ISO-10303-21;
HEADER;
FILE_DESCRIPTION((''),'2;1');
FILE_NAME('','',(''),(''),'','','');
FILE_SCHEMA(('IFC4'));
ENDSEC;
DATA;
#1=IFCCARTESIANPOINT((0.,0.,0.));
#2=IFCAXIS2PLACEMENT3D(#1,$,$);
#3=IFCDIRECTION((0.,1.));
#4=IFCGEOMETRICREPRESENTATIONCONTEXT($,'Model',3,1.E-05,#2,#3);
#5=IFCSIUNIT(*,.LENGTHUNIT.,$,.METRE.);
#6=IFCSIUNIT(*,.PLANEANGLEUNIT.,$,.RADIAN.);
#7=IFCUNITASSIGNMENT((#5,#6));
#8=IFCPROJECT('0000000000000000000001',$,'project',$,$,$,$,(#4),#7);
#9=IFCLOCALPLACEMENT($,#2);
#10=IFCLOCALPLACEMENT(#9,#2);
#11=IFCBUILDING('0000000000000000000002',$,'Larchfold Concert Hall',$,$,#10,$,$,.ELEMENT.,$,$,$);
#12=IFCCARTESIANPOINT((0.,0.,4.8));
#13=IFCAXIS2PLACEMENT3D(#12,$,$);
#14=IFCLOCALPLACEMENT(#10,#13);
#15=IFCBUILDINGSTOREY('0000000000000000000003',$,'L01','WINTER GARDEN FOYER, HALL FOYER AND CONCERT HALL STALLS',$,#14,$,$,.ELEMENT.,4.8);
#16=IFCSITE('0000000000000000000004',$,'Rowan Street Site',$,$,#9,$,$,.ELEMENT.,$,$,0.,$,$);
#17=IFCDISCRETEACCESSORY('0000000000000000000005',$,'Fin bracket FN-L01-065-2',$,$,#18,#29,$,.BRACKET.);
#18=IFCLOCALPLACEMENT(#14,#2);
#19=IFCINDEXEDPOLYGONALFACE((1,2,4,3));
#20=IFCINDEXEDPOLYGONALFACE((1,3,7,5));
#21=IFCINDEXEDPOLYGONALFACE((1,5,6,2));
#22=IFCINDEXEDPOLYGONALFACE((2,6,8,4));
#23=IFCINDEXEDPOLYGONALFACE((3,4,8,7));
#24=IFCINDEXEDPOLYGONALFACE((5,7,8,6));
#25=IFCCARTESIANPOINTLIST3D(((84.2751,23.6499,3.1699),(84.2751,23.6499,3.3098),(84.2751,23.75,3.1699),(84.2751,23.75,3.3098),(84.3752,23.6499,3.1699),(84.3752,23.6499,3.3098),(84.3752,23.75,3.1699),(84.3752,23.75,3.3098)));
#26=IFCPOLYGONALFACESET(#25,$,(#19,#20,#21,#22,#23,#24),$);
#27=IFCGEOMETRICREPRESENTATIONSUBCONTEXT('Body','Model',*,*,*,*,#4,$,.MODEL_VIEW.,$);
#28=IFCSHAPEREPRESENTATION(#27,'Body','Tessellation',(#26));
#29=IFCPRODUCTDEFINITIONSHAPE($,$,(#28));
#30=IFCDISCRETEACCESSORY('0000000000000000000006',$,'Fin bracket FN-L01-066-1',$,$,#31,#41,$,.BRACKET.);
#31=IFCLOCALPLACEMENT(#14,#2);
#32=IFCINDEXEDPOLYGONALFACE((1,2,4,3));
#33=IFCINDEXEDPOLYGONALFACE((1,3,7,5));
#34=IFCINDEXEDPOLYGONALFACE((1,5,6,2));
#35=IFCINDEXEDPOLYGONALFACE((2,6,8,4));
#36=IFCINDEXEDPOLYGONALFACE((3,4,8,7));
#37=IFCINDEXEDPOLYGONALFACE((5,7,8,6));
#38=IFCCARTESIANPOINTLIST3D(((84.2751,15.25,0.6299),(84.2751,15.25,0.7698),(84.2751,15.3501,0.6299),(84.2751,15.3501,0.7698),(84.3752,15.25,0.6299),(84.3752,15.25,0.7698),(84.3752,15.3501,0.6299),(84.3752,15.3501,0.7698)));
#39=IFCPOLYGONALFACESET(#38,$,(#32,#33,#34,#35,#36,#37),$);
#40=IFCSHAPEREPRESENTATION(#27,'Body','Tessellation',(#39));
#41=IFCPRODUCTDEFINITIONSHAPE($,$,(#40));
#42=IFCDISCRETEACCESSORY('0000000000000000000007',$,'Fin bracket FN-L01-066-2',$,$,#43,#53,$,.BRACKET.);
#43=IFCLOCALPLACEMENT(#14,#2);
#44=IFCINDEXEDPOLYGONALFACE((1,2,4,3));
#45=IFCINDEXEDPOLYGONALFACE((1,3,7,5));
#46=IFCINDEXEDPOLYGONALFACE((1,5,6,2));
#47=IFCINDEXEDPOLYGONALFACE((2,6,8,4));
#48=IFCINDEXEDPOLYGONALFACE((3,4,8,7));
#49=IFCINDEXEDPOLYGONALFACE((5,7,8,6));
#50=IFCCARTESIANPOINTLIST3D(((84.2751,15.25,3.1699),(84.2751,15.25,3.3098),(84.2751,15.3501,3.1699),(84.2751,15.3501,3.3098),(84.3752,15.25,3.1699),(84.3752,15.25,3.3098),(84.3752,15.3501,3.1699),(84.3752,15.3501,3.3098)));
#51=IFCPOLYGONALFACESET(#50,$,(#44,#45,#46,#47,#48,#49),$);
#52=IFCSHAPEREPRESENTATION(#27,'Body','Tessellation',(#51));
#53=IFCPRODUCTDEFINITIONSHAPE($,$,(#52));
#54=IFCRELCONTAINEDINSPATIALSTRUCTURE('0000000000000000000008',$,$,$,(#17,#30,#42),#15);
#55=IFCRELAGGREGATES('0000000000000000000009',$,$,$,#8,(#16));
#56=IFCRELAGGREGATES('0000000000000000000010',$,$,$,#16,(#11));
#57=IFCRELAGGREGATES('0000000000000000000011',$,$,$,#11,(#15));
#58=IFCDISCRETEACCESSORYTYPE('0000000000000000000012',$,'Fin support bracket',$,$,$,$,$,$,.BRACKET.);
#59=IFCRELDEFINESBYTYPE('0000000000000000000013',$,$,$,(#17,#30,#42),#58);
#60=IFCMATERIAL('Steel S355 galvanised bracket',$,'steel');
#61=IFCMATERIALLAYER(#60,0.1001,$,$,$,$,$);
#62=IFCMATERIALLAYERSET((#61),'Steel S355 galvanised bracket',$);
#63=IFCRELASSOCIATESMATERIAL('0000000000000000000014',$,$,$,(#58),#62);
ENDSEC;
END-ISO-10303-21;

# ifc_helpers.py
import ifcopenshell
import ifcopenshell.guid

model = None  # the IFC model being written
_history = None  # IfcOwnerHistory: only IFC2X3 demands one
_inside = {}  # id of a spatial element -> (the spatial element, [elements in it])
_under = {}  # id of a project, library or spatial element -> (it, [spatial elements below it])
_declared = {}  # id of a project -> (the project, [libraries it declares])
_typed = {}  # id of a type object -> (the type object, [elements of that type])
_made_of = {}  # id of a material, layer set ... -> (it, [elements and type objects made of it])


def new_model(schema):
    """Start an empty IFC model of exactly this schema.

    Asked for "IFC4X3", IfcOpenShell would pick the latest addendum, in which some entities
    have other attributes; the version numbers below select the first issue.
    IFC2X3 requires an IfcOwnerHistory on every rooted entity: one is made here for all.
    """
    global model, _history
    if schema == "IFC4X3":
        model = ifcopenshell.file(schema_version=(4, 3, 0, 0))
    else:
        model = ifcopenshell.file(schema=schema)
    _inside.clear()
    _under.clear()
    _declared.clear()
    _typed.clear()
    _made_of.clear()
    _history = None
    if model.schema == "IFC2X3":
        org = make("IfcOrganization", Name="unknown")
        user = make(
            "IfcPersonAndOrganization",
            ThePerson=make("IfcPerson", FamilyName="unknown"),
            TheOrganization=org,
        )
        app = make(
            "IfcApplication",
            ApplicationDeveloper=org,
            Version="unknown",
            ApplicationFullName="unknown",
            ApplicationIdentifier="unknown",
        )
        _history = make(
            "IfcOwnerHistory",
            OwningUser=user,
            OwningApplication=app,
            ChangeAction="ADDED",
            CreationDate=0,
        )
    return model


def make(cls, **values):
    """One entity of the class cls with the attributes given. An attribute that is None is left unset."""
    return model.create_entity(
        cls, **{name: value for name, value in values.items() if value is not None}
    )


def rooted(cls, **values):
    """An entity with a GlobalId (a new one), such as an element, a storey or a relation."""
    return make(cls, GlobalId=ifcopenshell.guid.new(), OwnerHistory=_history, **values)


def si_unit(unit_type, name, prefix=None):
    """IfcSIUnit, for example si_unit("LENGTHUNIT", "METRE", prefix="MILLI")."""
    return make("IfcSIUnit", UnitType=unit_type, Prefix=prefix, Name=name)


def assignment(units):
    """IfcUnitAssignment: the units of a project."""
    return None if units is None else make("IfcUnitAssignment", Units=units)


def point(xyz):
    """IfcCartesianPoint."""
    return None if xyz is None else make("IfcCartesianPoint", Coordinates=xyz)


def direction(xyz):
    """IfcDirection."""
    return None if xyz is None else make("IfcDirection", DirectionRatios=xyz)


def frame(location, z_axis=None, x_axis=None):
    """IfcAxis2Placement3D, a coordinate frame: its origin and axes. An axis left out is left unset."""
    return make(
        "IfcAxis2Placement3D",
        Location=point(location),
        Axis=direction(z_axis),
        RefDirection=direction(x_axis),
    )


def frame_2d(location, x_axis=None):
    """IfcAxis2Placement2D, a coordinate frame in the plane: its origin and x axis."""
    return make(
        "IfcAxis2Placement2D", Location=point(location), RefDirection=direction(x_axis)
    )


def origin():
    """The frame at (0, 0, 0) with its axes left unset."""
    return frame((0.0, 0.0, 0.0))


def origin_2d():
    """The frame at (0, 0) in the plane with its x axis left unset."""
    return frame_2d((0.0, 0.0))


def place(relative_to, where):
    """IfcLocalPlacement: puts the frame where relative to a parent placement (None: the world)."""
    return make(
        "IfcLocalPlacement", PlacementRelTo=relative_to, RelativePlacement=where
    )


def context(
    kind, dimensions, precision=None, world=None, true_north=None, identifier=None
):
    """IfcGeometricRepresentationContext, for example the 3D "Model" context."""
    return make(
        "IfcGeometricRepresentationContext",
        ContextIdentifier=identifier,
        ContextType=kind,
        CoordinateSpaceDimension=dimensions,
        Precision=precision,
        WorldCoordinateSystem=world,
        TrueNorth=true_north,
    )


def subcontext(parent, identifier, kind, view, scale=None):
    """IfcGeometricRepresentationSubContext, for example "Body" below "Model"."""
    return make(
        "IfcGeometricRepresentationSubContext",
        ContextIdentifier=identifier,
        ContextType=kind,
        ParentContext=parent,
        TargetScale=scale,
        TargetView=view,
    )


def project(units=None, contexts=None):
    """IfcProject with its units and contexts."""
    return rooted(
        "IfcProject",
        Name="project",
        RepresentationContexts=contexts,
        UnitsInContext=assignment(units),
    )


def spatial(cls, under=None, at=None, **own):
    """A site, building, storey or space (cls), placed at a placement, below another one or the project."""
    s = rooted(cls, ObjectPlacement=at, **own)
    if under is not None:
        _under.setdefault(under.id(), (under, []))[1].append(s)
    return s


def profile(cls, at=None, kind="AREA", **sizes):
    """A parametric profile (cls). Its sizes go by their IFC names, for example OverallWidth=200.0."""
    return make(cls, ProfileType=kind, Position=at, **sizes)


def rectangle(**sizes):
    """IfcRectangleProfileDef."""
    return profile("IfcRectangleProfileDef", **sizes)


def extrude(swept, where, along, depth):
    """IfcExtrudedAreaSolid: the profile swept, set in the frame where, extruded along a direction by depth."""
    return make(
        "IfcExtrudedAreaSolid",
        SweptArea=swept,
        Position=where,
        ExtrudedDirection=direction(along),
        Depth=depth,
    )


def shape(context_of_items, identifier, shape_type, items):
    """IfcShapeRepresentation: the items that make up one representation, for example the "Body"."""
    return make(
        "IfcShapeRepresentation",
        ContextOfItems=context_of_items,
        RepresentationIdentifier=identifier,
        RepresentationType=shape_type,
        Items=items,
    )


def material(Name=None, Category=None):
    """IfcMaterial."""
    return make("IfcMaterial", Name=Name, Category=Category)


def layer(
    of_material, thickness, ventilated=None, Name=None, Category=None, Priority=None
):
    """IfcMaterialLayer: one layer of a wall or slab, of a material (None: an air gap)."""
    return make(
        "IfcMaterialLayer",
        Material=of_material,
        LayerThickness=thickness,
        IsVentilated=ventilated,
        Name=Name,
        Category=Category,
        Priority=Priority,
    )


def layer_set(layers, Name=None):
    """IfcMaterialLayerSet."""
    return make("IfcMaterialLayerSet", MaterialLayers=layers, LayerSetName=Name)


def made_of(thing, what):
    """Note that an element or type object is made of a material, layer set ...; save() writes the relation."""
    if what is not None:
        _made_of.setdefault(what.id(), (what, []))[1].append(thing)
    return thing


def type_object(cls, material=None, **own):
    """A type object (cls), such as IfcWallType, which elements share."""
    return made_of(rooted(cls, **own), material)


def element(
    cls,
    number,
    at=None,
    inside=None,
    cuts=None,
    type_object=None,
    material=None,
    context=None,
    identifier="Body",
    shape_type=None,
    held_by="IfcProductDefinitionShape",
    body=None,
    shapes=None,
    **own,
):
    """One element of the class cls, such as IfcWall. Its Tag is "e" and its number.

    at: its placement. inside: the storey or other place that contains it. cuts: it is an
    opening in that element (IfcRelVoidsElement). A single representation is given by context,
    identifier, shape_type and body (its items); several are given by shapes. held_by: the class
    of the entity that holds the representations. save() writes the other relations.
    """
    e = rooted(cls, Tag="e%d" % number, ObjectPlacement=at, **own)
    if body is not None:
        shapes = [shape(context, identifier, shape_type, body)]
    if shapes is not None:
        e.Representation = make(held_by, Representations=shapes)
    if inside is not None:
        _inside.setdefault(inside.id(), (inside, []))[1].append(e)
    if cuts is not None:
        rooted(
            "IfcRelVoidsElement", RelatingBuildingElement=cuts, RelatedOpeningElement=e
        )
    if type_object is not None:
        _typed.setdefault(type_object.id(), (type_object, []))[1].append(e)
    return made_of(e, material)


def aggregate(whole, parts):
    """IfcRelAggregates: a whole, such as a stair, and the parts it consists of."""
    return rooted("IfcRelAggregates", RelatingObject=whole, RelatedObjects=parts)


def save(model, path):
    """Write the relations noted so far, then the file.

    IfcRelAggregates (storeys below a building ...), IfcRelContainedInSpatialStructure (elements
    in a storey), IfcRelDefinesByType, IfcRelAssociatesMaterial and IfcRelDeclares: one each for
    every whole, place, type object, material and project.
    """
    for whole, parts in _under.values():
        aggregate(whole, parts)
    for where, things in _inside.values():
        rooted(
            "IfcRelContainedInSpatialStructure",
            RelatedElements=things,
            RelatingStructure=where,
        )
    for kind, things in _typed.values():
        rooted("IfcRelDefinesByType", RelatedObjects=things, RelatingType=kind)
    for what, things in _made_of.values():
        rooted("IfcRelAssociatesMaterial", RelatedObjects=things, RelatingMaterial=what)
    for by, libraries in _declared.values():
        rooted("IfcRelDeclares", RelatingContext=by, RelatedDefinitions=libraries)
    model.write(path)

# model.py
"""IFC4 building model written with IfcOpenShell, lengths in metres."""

from ifc_helpers import new_model, si_unit, direction, frame, origin, origin_2d, place, context, subcontext, project, spatial, rectangle, extrude, material, layer, layer_set, type_object, element, save


model = new_model("IFC4")

# Units and contexts
model_context = context("Model", 3, precision=1e-05, world=origin(), true_north=direction((0.0, 1.0)))
body_context = subcontext(model_context, "Body", "Model", "MODEL_VIEW")
ifc_project = project(units=[si_unit("LENGTHUNIT", "METRE"), si_unit("PLANEANGLEUNIT", "RADIAN")], contexts=[model_context])

# Site, building, storey
site_placement = place(None, origin())
site = spatial("IfcSite", under=ifc_project, at=site_placement, Name="Rowan Street Site", CompositionType="ELEMENT", RefElevation=0.0)
building_placement = place(site_placement, origin())
building = spatial("IfcBuilding", under=site, at=building_placement, Name="Larchfold Concert Hall", CompositionType="ELEMENT")
storey_placement = place(building_placement, frame((0.0, 0.0, 4.8)))
storey = spatial("IfcBuildingStorey", under=building, at=storey_placement, Name="L01", Description="WINTER GARDEN FOYER, HALL FOYER AND CONCERT HALL STALLS", CompositionType="ELEMENT", Elevation=4.8)

# Discrete accessories
ifc_material_1 = material(Name="Steel S355 galvanised bracket", Category="steel")
ifc_layer_1 = layer(ifc_material_1, 0.1001)
ifc_layer_set_1 = layer_set([ifc_layer_1], Name="Steel S355 galvanised bracket")
discrete_accessory_type = type_object("IfcDiscreteAccessoryType", Name="Fin support bracket", PredefinedType="BRACKET", material=ifc_layer_set_1)
for number, where, z_axis, x_axis, name in (
    (1, (84.3252, 23.7, 3.1699), (0.0, 0.0, 1.0), (-1.0, 0.0, 0.0), "Fin bracket FN-L01-065-2"),
    (2, (84.3252, 15.3, 0.6299), (0.0, 0.0, 1.0), (-1.0, 0.0, 0.0), "Fin bracket FN-L01-066-1"),
    (3, (84.3252, 15.3, 3.1699), (0.0, 0.0, 1.0), (-1.0, 0.0, 0.0), "Fin bracket FN-L01-066-2"),
):
    element("IfcDiscreteAccessory", number, at=place(storey_placement, frame(where, z_axis=z_axis, x_axis=x_axis)), inside=storey, type_object=discrete_accessory_type, Name=name, PredefinedType="BRACKET", context=body_context, shape_type="SweptSolid", body=[
        extrude(rectangle(XDim=0.1001, YDim=0.1001, at=origin_2d()), origin(), (0.0, 0.0, 1.0), 0.1399),
    ])

save(model, "model.ifc")
